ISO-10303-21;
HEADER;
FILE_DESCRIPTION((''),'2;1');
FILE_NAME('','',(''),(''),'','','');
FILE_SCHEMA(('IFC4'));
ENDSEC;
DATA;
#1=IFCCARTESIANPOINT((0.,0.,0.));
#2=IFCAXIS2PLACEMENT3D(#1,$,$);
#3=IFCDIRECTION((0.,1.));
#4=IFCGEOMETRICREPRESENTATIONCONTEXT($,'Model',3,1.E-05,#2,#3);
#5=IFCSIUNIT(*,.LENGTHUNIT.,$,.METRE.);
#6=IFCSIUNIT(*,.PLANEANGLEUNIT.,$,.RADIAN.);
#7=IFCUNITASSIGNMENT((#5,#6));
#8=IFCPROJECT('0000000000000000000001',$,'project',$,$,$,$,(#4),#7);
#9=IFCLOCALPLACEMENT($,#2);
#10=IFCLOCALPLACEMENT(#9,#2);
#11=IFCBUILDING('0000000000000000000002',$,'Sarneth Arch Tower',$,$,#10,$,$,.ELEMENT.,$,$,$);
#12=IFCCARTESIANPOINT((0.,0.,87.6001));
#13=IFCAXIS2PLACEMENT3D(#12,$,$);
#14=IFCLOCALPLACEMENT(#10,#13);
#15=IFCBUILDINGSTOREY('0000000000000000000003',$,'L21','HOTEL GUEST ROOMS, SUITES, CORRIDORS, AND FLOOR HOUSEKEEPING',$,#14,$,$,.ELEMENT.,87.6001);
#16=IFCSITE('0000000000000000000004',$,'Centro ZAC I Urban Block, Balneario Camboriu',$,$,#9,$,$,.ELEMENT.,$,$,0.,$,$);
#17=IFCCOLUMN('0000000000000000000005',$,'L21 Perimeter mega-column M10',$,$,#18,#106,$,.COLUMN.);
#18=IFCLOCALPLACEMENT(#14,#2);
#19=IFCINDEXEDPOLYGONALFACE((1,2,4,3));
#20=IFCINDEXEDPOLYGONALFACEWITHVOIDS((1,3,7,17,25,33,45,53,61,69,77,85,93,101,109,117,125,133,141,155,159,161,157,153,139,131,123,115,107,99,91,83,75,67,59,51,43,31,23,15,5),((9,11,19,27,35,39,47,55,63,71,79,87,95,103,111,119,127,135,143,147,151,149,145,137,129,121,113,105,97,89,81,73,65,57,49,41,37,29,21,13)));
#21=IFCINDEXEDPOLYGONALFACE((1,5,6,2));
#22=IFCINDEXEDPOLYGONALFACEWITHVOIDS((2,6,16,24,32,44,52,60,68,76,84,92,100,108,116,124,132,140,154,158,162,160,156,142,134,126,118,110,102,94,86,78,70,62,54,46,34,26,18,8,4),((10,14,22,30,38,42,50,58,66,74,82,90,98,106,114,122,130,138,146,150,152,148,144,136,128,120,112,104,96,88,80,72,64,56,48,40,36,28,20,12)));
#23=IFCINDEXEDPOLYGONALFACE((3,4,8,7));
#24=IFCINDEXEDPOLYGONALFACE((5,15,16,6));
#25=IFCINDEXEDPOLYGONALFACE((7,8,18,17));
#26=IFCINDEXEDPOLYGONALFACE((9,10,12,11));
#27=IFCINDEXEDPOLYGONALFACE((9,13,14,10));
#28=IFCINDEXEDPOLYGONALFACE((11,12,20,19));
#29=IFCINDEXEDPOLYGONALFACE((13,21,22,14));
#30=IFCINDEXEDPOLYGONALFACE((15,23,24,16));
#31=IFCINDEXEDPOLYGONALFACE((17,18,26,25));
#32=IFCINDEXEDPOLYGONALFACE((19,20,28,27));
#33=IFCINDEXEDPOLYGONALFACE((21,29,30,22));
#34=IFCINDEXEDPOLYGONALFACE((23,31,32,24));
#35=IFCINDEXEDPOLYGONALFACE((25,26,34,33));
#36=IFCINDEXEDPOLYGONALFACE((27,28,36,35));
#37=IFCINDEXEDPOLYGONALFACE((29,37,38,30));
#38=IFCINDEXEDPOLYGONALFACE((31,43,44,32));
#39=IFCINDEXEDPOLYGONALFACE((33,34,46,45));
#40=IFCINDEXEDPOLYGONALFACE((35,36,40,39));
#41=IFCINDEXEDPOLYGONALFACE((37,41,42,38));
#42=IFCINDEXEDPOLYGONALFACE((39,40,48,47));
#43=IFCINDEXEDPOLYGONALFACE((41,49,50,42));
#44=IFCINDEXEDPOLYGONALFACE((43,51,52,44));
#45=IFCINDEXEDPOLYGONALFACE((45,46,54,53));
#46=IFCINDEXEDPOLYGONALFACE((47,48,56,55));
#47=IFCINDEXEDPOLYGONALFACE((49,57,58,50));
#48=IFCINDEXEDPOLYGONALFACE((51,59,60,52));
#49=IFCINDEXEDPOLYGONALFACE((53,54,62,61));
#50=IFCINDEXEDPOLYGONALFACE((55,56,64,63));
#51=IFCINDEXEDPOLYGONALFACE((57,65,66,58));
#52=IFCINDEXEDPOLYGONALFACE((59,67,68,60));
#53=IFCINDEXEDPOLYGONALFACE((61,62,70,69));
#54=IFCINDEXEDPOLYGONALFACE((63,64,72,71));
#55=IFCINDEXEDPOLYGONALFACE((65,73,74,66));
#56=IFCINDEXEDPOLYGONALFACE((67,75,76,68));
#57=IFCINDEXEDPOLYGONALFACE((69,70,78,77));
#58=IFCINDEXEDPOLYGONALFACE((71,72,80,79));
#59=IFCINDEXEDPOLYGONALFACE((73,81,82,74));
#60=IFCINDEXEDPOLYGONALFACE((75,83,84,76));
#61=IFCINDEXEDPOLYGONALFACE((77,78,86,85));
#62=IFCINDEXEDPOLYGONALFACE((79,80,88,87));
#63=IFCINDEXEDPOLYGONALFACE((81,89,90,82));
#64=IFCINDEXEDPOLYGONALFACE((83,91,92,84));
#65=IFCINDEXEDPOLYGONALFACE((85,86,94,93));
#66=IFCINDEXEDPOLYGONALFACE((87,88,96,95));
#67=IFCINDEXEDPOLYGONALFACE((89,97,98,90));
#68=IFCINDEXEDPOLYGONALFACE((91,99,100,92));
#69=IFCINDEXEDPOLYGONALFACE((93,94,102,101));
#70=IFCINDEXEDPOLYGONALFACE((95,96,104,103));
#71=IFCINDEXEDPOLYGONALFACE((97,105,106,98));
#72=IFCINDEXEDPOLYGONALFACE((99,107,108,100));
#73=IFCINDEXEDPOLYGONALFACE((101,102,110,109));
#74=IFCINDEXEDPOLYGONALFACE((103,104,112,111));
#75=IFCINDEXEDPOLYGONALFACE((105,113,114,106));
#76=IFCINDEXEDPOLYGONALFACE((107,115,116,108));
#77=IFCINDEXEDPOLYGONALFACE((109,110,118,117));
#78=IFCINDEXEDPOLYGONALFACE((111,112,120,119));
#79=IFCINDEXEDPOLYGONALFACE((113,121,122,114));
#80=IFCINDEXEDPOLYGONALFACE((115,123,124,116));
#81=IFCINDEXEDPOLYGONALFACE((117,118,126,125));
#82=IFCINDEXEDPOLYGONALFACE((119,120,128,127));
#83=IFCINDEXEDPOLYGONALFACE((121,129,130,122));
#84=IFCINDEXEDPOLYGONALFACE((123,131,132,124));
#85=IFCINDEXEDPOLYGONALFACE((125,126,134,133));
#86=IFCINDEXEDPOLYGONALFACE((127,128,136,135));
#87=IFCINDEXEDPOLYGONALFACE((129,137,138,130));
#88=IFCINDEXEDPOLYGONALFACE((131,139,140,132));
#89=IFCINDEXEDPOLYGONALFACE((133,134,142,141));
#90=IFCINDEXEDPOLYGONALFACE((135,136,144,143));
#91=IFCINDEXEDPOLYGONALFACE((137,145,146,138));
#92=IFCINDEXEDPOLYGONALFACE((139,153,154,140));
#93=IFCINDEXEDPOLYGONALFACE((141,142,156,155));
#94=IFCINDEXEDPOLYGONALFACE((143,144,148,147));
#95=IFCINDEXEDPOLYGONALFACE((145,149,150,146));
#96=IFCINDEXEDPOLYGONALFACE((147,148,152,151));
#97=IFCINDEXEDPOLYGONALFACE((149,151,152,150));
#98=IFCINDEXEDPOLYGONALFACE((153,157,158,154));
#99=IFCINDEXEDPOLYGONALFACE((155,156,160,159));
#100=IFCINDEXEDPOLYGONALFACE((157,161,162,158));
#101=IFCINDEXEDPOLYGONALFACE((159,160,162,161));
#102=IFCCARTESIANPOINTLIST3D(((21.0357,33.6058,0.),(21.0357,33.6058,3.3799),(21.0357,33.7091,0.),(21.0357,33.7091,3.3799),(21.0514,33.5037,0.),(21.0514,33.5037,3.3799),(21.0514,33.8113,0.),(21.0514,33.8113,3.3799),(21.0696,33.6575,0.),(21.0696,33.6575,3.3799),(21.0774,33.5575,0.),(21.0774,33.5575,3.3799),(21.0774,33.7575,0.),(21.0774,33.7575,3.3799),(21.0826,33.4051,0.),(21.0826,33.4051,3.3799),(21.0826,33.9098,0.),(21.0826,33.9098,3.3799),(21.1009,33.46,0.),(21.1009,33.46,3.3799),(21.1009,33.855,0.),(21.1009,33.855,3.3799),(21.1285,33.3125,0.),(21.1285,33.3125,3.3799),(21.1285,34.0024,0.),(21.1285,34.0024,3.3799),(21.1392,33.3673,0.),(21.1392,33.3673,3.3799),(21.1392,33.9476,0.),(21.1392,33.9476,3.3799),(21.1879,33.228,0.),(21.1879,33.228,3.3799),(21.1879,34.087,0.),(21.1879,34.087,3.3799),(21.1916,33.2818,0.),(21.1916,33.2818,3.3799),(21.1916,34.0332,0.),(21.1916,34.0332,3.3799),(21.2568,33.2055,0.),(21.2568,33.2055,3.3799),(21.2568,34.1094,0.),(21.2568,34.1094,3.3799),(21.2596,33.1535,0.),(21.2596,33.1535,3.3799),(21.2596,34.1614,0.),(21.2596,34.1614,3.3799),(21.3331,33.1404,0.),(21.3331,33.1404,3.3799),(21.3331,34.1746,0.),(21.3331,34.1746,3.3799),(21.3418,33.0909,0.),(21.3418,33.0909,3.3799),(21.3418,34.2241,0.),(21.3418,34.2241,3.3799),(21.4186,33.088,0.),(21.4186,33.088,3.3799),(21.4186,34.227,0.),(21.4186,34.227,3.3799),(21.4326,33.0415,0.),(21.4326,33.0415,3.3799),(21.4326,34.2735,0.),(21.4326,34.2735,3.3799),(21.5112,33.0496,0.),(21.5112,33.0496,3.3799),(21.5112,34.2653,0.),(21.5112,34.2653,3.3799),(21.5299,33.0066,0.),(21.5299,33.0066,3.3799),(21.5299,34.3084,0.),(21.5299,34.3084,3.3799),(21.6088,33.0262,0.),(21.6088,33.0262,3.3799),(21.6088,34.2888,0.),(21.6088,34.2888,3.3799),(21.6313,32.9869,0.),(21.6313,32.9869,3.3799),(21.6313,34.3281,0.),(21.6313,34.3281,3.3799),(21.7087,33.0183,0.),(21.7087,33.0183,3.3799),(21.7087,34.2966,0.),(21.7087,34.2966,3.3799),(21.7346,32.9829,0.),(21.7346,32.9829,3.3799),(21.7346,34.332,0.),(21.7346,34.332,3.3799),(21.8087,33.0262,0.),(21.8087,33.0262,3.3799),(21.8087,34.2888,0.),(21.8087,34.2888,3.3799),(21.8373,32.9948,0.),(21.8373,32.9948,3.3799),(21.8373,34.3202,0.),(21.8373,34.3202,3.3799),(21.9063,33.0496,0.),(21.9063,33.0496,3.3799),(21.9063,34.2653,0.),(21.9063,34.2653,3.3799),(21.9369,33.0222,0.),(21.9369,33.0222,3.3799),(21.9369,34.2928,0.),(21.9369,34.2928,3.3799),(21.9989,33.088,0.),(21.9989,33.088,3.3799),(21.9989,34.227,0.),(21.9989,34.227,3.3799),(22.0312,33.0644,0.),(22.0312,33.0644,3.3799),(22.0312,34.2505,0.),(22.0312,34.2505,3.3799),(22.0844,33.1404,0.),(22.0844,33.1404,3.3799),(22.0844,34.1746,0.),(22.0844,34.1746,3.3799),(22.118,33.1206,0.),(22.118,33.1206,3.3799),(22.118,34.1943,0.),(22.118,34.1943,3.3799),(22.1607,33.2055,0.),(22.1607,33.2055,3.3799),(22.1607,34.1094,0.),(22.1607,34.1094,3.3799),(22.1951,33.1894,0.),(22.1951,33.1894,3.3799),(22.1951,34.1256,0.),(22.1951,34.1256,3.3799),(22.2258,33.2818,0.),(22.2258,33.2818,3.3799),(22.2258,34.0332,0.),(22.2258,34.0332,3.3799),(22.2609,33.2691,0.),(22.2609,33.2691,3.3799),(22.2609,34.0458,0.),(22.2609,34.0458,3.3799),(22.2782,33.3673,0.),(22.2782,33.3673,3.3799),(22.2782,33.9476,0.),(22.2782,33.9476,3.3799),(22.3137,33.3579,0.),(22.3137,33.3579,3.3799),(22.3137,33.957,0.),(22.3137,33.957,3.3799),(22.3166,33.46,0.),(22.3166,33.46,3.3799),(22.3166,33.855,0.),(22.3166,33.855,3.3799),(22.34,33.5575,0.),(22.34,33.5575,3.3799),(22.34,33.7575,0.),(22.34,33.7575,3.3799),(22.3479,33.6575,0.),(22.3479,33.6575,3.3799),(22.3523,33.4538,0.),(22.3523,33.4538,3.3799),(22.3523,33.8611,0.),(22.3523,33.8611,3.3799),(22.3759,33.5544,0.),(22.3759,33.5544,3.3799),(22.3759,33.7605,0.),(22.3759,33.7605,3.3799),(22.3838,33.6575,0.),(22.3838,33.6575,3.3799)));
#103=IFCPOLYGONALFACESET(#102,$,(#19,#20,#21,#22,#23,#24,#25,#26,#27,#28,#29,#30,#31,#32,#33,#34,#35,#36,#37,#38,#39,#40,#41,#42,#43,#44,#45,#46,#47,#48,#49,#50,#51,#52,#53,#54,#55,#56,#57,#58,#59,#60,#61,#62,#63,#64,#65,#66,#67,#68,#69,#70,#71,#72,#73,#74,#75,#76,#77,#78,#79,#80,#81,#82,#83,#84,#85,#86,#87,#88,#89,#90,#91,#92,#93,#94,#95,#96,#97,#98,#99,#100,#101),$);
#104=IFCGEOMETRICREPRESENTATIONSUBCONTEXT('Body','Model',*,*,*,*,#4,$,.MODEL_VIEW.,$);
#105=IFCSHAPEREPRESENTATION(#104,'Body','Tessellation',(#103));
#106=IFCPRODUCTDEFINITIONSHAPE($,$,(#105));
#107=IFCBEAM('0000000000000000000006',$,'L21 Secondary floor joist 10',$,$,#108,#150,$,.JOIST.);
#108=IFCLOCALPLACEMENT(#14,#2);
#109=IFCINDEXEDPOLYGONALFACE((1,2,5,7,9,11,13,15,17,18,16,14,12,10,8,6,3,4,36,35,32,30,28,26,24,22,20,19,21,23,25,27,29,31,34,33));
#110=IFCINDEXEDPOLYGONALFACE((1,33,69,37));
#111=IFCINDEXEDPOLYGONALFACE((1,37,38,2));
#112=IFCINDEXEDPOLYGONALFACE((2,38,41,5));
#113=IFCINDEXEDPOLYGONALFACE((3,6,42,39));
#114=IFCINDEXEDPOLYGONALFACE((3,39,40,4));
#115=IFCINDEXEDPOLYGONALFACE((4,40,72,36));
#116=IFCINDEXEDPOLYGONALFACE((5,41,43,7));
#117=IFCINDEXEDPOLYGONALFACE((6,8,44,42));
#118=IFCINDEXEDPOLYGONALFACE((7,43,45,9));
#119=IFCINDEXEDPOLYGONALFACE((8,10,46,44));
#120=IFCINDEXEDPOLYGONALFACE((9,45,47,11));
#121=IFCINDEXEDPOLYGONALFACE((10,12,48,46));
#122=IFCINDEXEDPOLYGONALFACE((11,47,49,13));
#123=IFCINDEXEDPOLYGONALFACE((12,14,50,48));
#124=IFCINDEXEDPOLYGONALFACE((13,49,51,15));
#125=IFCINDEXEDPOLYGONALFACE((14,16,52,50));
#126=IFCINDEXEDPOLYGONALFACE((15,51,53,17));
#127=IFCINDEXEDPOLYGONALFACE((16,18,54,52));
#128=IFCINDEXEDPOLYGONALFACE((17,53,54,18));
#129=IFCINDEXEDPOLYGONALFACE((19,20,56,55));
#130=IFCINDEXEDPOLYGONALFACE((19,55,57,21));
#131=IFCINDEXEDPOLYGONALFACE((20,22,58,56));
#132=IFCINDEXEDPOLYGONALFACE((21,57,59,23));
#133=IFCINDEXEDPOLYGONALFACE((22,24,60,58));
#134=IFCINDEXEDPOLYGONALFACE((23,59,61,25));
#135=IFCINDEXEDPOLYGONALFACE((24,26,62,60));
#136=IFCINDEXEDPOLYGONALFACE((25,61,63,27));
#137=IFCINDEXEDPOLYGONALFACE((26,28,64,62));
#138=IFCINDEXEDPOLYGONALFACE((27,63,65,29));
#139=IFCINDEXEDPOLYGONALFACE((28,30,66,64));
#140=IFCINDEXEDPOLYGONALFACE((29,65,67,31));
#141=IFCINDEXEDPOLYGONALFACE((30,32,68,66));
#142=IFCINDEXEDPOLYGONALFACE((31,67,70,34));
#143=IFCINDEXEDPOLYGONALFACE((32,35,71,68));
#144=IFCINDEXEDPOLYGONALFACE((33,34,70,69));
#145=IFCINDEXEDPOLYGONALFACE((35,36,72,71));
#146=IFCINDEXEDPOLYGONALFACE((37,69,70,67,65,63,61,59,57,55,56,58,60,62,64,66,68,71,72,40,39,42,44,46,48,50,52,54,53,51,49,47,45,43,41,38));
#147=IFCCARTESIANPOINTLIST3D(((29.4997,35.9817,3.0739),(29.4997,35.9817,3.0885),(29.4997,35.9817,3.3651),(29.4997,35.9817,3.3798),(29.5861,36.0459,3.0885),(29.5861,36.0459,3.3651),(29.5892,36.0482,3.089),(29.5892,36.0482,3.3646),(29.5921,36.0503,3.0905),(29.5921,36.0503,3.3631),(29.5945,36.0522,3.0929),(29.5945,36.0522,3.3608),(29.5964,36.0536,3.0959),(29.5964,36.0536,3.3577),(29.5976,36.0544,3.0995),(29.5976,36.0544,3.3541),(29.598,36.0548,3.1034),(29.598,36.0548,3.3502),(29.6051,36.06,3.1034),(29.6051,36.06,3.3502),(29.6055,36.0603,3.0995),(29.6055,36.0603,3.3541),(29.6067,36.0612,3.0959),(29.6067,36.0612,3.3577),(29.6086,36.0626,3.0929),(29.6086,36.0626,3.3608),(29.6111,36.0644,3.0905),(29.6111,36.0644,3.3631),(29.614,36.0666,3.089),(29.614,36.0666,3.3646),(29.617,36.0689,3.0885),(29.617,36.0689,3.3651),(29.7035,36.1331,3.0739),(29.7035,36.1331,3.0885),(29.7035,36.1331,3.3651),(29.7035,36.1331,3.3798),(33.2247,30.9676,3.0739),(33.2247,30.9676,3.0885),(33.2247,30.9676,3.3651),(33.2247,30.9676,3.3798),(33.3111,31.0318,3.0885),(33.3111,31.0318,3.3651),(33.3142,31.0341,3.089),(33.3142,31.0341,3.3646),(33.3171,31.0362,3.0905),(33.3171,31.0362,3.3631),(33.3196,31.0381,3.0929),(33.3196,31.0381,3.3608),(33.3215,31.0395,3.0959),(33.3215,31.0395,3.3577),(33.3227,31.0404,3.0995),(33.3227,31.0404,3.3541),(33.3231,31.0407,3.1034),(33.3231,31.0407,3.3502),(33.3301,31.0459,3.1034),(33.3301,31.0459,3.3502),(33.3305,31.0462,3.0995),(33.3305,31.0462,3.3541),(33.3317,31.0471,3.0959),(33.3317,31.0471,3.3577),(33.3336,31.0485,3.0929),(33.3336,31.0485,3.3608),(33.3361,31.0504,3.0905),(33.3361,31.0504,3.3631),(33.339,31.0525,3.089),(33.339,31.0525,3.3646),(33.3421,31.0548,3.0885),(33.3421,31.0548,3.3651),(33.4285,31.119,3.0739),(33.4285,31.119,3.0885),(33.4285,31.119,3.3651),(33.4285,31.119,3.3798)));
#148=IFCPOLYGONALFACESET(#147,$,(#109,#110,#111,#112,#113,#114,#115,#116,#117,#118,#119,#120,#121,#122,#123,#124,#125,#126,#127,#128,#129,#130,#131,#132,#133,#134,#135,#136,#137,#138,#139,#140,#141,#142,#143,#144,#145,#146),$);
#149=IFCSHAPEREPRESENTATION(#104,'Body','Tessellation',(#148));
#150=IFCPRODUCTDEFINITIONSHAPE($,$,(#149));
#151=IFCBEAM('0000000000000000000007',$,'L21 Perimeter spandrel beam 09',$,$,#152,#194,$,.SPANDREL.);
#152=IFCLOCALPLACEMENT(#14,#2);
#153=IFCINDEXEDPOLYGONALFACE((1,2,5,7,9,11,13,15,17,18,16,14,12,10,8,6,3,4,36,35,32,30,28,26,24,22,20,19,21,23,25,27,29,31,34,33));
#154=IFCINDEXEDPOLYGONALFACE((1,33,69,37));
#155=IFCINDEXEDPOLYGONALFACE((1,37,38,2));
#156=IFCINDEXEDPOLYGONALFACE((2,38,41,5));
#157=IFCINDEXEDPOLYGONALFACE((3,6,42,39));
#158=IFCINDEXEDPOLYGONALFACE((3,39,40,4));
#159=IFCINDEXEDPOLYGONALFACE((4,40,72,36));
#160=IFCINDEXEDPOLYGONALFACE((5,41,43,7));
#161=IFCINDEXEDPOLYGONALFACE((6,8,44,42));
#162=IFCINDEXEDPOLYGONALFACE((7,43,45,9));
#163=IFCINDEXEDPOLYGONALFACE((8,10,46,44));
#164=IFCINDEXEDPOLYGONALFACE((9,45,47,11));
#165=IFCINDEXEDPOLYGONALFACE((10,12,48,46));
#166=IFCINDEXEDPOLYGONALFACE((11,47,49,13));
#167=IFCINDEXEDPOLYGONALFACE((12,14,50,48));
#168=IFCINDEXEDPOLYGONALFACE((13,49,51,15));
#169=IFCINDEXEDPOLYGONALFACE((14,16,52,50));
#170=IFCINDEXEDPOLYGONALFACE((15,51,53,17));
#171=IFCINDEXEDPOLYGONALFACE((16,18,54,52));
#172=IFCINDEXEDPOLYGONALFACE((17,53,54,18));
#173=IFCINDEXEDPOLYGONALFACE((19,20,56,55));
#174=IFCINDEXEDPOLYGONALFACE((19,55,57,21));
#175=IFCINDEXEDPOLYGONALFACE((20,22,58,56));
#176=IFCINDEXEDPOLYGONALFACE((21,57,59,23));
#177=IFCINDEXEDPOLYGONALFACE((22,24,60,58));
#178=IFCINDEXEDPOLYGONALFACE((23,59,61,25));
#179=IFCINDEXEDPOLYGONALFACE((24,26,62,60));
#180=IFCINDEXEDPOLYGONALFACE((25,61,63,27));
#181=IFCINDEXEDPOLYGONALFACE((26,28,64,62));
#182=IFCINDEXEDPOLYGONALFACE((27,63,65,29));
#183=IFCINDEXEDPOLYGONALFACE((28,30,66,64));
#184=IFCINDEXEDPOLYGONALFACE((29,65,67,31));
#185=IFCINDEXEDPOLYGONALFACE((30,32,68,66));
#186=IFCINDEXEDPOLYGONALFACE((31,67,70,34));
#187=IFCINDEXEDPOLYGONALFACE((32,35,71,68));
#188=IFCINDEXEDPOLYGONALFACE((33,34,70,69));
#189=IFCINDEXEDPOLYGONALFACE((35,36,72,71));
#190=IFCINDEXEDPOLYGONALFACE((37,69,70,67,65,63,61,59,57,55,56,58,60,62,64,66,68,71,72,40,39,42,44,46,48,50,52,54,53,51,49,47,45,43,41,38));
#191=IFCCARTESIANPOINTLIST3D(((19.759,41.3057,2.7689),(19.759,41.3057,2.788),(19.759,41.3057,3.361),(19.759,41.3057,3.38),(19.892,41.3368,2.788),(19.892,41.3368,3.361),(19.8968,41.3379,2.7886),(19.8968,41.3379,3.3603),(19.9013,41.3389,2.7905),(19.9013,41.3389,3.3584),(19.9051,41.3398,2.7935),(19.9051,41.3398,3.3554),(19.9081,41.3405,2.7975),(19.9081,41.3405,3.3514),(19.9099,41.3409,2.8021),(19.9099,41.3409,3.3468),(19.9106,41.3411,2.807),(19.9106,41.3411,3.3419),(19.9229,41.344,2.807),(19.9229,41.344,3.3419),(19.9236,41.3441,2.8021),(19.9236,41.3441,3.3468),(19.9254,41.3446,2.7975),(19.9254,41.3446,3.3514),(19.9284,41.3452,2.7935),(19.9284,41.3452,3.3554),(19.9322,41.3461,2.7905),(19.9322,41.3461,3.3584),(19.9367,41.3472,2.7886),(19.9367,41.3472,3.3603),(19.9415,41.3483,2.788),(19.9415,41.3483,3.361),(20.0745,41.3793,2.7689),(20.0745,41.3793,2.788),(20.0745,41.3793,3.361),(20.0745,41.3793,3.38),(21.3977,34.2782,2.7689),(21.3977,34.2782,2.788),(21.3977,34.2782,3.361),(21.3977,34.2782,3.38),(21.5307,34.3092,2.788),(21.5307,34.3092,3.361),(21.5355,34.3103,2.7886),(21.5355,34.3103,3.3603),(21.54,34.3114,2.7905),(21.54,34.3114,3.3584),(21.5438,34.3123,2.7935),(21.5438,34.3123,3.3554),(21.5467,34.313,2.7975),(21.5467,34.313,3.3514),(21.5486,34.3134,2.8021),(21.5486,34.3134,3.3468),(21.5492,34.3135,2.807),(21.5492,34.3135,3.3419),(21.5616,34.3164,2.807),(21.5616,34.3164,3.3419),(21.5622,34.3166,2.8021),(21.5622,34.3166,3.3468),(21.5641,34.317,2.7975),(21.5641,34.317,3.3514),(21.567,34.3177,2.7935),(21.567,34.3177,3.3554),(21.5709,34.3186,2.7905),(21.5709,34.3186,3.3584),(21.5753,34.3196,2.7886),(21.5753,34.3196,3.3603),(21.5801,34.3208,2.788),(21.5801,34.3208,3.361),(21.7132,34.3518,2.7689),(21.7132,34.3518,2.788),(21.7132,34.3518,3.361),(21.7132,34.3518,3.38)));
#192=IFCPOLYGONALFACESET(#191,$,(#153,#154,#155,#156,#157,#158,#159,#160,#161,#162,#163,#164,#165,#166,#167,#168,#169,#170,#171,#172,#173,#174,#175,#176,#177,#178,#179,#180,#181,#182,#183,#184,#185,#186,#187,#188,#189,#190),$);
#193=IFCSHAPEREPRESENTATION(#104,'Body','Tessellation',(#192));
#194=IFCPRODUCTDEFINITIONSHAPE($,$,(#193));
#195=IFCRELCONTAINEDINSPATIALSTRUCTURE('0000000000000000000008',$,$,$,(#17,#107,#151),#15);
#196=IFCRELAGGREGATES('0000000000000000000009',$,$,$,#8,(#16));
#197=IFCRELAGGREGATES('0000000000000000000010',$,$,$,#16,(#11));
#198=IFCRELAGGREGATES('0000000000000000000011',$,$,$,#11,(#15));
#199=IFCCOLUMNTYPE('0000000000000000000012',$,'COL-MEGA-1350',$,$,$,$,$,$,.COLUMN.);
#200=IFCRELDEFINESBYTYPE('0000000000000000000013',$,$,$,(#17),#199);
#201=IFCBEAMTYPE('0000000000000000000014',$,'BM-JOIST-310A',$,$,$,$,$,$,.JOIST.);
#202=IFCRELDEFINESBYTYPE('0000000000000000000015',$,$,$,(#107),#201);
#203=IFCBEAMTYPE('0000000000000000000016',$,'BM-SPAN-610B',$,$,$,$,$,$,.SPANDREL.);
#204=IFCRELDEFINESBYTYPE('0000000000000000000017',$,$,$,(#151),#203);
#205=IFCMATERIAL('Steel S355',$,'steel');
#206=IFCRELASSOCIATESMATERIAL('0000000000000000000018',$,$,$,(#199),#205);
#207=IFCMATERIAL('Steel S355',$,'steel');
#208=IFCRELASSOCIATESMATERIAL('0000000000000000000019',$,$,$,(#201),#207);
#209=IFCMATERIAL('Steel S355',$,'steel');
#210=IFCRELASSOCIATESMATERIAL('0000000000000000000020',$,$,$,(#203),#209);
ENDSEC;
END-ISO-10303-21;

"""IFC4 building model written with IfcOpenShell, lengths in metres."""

from ifc_helpers import new_model, si_unit, direction, frame, origin, origin_2d, place, context, subcontext, project, spatial, hollow_circle, i_section, extrude, material, material_profile, profile_set, type_object, element, save


model = new_model("IFC4")

# Units and contexts
model_context = context("Model", 3, precision=1e-05, world=origin(), true_north=direction((0.0, 1.0)))
body_context = subcontext(model_context, "Body", "Model", "MODEL_VIEW")
ifc_project = project(units=[si_unit("LENGTHUNIT", "METRE"), si_unit("PLANEANGLEUNIT", "RADIAN")], contexts=[model_context])

# Site, building, storey
site_placement = place(None, origin())
site = spatial("IfcSite", under=ifc_project, at=site_placement, Name="Centro ZAC I Urban Block, Balneario Camboriu", CompositionType="ELEMENT", RefElevation=0.0)
building_placement = place(site_placement, origin())
building = spatial("IfcBuilding", under=site, at=building_placement, Name="Sarneth Arch Tower", CompositionType="ELEMENT")
storey_placement = place(building_placement, frame((0.0, 0.0, 87.6001)))
storey = spatial("IfcBuildingStorey", under=building, at=storey_placement, Name="L21", Description="HOTEL GUEST ROOMS, SUITES, CORRIDORS, AND FLOOR HOUSEKEEPING", CompositionType="ELEMENT", Elevation=87.6001)

# Column
ifc_material_1 = material(Name="Steel S355", Category="steel")
ifc_material_profile_1 = material_profile(ifc_material_1, hollow_circle(Radius=0.675, WallThickness=0.0359, at=origin_2d()), Name="CHS1350x36")
ifc_profile_set_1 = profile_set([ifc_material_profile_1], Name="Steel S355")
column_type = type_object("IfcColumnType", Name="COL-MEGA-1350", PredefinedType="COLUMN", material=ifc_profile_set_1)
column_placement = place(storey_placement, frame((21.7087, 33.6575, 0.0), z_axis=(0.0, 0.0, 1.0), x_axis=(1.0, 0.0, 0.0)))
element("IfcColumn", 1, at=column_placement, inside=storey, type_object=column_type, Name="L21 Perimeter mega-column M10", PredefinedType="COLUMN", context=body_context, shape_type="SweptSolid", body=[
    extrude(hollow_circle(Radius=0.675, WallThickness=0.0359, at=origin_2d()), origin(), (0.0, 0.0, 1.0), 3.3799),
])

# Beams
ifc_material_2 = material(Name="Steel S355", Category="steel")
ifc_material_profile_2 = material_profile(ifc_material_2, i_section(OverallWidth=0.2539, OverallDepth=0.3059, WebThickness=0.0088, FlangeThickness=0.0146, FilletRadius=0.0149, at=origin_2d()), Name="W310x79")
ifc_profile_set_2 = profile_set([ifc_material_profile_2], Name="Steel S355")
beam_type_1 = type_object("IfcBeamType", Name="BM-JOIST-310A", PredefinedType="JOIST", material=ifc_profile_set_2)
beam_1_placement = place(storey_placement, frame((29.6016, 36.0574, 3.2268), z_axis=(0.596354, -0.802721, 0.0), x_axis=(0.802721, 0.596354, 0.0)))
element("IfcBeam", 2, at=beam_1_placement, inside=storey, type_object=beam_type_1, Name="L21 Secondary floor joist 10", PredefinedType="JOIST", context=body_context, shape_type="SweptSolid", body=[
    extrude(i_section(OverallWidth=0.2539, OverallDepth=0.3059, WebThickness=0.0088, FlangeThickness=0.0146, FilletRadius=0.0149, at=origin_2d()), origin(), (0.0, 0.0, 1.0), 6.2463),
])
ifc_material_3 = material(Name="Steel S355", Category="steel")
ifc_material_profile_3 = material_profile(ifc_material_3, i_section(OverallWidth=0.324, OverallDepth=0.6111, WebThickness=0.0127, FlangeThickness=0.019, FilletRadius=0.019, at=origin_2d()), Name="W610x155")
ifc_profile_set_3 = profile_set([ifc_material_profile_3], Name="Steel S355")
beam_type_2 = type_object("IfcBeamType", Name="BM-SPAN-610B", PredefinedType="SPANDREL", material=ifc_profile_set_3)
beam_2_placement = place(storey_placement, frame((19.9167, 41.3425, 3.0745), z_axis=(0.227085, -0.973875, 0.0), x_axis=(0.973875, 0.227085, 0.0)))
element("IfcBeam", 3, at=beam_2_placement, inside=storey, type_object=beam_type_2, Name="L21 Perimeter spandrel beam 09", PredefinedType="SPANDREL", context=body_context, shape_type="SweptSolid", body=[
    extrude(i_section(OverallWidth=0.324, OverallDepth=0.6111, WebThickness=0.0127, FlangeThickness=0.019, FilletRadius=0.019, at=origin_2d()), origin(), (0.0, 0.0, 1.0), 7.2161),
])

save(model, "model.ifc")
